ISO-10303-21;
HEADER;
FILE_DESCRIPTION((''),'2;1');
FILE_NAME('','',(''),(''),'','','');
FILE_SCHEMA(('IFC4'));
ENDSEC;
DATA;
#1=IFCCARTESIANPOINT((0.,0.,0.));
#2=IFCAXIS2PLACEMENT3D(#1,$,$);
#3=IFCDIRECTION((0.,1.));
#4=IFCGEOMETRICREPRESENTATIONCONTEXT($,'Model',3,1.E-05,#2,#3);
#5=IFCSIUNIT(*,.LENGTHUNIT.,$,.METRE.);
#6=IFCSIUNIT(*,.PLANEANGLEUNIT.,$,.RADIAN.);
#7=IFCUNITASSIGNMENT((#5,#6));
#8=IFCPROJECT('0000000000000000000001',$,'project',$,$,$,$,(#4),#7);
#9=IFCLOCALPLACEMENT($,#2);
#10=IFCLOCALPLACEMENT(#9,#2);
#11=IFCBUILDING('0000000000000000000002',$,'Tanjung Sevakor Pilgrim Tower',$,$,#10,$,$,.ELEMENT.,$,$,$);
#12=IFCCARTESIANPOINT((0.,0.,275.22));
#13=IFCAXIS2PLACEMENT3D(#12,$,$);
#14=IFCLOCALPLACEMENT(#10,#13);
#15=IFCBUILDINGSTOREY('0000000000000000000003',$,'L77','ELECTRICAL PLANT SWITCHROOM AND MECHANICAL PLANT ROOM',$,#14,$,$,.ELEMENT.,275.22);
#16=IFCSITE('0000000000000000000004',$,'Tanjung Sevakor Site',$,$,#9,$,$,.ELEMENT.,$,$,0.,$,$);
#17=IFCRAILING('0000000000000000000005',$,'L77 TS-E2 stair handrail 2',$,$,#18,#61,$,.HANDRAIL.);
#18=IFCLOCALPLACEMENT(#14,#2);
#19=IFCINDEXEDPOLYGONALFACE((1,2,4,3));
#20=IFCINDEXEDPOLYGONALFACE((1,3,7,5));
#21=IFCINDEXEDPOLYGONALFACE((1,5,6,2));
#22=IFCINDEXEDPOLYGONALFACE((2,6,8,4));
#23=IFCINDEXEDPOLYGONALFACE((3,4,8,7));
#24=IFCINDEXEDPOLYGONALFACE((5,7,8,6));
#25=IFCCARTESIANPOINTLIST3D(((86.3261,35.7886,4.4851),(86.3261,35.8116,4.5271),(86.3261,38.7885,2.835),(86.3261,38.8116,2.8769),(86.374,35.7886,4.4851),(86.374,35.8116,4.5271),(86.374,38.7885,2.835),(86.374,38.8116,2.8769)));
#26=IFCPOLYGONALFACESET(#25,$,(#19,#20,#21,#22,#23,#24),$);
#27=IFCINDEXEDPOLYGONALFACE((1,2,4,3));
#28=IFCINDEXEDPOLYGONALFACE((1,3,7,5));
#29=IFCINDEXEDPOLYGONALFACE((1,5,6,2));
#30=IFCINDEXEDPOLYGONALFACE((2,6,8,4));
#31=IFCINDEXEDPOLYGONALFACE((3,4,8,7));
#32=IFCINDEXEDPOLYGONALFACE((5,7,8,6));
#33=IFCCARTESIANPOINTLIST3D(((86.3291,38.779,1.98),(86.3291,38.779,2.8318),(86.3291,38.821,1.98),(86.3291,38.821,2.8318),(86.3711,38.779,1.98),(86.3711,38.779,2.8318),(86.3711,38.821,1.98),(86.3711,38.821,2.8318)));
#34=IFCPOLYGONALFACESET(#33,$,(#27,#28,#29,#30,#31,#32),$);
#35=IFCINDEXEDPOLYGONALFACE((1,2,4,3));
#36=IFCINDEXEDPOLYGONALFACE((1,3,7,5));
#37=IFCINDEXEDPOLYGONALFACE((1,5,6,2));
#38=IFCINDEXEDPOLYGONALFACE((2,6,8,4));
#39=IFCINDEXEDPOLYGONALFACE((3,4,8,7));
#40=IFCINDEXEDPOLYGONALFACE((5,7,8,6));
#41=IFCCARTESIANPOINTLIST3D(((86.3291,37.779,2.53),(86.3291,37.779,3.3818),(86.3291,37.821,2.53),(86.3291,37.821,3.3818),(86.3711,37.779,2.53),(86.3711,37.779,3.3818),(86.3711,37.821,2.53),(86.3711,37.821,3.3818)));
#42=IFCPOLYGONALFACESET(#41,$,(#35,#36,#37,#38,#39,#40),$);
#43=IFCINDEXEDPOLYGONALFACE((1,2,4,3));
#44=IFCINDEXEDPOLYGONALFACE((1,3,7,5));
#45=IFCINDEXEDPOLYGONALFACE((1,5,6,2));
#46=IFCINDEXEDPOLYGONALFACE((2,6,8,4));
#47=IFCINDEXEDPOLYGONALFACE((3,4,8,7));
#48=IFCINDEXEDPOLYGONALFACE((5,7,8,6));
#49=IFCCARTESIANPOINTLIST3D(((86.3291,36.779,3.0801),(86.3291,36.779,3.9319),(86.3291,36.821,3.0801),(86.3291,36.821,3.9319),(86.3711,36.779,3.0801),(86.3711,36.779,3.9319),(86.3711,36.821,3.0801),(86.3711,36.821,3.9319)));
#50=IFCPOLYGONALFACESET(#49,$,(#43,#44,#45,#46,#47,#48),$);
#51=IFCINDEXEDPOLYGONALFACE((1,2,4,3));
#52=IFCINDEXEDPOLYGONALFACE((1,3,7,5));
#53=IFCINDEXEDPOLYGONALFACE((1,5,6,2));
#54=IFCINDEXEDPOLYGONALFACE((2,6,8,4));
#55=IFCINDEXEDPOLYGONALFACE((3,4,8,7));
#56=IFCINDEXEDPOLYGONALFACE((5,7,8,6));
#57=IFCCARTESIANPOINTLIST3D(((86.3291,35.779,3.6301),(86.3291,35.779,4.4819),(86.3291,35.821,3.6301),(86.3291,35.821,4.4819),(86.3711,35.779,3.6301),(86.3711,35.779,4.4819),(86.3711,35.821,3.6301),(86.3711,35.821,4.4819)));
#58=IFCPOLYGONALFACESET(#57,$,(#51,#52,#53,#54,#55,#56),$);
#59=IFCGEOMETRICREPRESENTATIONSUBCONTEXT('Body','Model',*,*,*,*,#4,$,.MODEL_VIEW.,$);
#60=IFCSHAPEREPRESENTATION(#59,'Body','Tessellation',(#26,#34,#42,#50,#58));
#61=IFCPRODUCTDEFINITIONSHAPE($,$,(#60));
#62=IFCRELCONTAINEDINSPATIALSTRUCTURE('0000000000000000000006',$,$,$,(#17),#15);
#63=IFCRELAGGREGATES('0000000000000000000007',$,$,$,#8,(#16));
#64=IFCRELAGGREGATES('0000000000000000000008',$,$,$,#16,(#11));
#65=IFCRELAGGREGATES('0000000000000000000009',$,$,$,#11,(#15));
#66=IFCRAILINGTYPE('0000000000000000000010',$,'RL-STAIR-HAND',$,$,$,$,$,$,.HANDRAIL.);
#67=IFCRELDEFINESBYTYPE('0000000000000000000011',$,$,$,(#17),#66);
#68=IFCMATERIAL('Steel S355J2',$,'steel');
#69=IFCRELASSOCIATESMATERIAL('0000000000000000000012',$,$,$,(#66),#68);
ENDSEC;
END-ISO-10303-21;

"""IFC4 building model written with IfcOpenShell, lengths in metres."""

from ifc_helpers import new_model, si_unit, direction, frame, origin, place, context, subcontext, project, spatial, rectangle, extrude, material, type_object, element, save


model = new_model("IFC4")

# Units and contexts
model_context = context("Model", 3, precision=1e-05, world=origin(), true_north=direction((0.0, 1.0)))
body_context = subcontext(model_context, "Body", "Model", "MODEL_VIEW")
ifc_project = project(units=[si_unit("LENGTHUNIT", "METRE"), si_unit("PLANEANGLEUNIT", "RADIAN")], contexts=[model_context])

# Site, building, storey
site_placement = place(None, origin())
site = spatial("IfcSite", under=ifc_project, at=site_placement, Name="Tanjung Sevakor Site", CompositionType="ELEMENT", RefElevation=0.0)
building_placement = place(site_placement, origin())
building = spatial("IfcBuilding", under=site, at=building_placement, Name="Tanjung Sevakor Pilgrim Tower", CompositionType="ELEMENT")
storey_placement = place(building_placement, frame((0.0, 0.0, 275.22)))
storey = spatial("IfcBuildingStorey", under=building, at=storey_placement, Name="L77", Description="ELECTRICAL PLANT SWITCHROOM AND MECHANICAL PLANT ROOM", CompositionType="ELEMENT", Elevation=275.22)

# Railing
ifc_material_1 = material(Name="Steel S355J2", Category="steel")
railing_type_1 = type_object("IfcRailingType", Name="RL-STAIR-HAND", PredefinedType="HANDRAIL", material=ifc_material_1)
railing_1_placement = place(storey_placement, frame((86.3501, 38.8, 1.98)))
element("IfcRailing", 1, at=railing_1_placement, inside=storey, type_object=railing_type_1, Name="L77 TS-E2 stair handrail 2", PredefinedType="HANDRAIL", context=body_context, shape_type="SweptSolid", body=[
    extrude(rectangle(XDim=0.0479, YDim=0.0479), frame((0.0, 0.0, 0.876), z_axis=(0.0, -0.876198, 0.481952), x_axis=(1.0, 0.0, 0.0)), (0.0, 0.0, 1.0), 3.4238),
    extrude(rectangle(XDim=0.042, YDim=0.042), origin(), (0.0, 0.0, 1.0), 0.8518),
    extrude(rectangle(XDim=0.042, YDim=0.042), frame((0.0, -1.0, 0.55)), (0.0, 0.0, 1.0), 0.8518),
    extrude(rectangle(XDim=0.042, YDim=0.042), frame((0.0, -2.0, 1.1001)), (0.0, 0.0, 1.0), 0.8518),
    extrude(rectangle(XDim=0.042, YDim=0.042), frame((0.0, -3.0, 1.6501)), (0.0, 0.0, 1.0), 0.8518),
])

save(model, "model.ifc")
